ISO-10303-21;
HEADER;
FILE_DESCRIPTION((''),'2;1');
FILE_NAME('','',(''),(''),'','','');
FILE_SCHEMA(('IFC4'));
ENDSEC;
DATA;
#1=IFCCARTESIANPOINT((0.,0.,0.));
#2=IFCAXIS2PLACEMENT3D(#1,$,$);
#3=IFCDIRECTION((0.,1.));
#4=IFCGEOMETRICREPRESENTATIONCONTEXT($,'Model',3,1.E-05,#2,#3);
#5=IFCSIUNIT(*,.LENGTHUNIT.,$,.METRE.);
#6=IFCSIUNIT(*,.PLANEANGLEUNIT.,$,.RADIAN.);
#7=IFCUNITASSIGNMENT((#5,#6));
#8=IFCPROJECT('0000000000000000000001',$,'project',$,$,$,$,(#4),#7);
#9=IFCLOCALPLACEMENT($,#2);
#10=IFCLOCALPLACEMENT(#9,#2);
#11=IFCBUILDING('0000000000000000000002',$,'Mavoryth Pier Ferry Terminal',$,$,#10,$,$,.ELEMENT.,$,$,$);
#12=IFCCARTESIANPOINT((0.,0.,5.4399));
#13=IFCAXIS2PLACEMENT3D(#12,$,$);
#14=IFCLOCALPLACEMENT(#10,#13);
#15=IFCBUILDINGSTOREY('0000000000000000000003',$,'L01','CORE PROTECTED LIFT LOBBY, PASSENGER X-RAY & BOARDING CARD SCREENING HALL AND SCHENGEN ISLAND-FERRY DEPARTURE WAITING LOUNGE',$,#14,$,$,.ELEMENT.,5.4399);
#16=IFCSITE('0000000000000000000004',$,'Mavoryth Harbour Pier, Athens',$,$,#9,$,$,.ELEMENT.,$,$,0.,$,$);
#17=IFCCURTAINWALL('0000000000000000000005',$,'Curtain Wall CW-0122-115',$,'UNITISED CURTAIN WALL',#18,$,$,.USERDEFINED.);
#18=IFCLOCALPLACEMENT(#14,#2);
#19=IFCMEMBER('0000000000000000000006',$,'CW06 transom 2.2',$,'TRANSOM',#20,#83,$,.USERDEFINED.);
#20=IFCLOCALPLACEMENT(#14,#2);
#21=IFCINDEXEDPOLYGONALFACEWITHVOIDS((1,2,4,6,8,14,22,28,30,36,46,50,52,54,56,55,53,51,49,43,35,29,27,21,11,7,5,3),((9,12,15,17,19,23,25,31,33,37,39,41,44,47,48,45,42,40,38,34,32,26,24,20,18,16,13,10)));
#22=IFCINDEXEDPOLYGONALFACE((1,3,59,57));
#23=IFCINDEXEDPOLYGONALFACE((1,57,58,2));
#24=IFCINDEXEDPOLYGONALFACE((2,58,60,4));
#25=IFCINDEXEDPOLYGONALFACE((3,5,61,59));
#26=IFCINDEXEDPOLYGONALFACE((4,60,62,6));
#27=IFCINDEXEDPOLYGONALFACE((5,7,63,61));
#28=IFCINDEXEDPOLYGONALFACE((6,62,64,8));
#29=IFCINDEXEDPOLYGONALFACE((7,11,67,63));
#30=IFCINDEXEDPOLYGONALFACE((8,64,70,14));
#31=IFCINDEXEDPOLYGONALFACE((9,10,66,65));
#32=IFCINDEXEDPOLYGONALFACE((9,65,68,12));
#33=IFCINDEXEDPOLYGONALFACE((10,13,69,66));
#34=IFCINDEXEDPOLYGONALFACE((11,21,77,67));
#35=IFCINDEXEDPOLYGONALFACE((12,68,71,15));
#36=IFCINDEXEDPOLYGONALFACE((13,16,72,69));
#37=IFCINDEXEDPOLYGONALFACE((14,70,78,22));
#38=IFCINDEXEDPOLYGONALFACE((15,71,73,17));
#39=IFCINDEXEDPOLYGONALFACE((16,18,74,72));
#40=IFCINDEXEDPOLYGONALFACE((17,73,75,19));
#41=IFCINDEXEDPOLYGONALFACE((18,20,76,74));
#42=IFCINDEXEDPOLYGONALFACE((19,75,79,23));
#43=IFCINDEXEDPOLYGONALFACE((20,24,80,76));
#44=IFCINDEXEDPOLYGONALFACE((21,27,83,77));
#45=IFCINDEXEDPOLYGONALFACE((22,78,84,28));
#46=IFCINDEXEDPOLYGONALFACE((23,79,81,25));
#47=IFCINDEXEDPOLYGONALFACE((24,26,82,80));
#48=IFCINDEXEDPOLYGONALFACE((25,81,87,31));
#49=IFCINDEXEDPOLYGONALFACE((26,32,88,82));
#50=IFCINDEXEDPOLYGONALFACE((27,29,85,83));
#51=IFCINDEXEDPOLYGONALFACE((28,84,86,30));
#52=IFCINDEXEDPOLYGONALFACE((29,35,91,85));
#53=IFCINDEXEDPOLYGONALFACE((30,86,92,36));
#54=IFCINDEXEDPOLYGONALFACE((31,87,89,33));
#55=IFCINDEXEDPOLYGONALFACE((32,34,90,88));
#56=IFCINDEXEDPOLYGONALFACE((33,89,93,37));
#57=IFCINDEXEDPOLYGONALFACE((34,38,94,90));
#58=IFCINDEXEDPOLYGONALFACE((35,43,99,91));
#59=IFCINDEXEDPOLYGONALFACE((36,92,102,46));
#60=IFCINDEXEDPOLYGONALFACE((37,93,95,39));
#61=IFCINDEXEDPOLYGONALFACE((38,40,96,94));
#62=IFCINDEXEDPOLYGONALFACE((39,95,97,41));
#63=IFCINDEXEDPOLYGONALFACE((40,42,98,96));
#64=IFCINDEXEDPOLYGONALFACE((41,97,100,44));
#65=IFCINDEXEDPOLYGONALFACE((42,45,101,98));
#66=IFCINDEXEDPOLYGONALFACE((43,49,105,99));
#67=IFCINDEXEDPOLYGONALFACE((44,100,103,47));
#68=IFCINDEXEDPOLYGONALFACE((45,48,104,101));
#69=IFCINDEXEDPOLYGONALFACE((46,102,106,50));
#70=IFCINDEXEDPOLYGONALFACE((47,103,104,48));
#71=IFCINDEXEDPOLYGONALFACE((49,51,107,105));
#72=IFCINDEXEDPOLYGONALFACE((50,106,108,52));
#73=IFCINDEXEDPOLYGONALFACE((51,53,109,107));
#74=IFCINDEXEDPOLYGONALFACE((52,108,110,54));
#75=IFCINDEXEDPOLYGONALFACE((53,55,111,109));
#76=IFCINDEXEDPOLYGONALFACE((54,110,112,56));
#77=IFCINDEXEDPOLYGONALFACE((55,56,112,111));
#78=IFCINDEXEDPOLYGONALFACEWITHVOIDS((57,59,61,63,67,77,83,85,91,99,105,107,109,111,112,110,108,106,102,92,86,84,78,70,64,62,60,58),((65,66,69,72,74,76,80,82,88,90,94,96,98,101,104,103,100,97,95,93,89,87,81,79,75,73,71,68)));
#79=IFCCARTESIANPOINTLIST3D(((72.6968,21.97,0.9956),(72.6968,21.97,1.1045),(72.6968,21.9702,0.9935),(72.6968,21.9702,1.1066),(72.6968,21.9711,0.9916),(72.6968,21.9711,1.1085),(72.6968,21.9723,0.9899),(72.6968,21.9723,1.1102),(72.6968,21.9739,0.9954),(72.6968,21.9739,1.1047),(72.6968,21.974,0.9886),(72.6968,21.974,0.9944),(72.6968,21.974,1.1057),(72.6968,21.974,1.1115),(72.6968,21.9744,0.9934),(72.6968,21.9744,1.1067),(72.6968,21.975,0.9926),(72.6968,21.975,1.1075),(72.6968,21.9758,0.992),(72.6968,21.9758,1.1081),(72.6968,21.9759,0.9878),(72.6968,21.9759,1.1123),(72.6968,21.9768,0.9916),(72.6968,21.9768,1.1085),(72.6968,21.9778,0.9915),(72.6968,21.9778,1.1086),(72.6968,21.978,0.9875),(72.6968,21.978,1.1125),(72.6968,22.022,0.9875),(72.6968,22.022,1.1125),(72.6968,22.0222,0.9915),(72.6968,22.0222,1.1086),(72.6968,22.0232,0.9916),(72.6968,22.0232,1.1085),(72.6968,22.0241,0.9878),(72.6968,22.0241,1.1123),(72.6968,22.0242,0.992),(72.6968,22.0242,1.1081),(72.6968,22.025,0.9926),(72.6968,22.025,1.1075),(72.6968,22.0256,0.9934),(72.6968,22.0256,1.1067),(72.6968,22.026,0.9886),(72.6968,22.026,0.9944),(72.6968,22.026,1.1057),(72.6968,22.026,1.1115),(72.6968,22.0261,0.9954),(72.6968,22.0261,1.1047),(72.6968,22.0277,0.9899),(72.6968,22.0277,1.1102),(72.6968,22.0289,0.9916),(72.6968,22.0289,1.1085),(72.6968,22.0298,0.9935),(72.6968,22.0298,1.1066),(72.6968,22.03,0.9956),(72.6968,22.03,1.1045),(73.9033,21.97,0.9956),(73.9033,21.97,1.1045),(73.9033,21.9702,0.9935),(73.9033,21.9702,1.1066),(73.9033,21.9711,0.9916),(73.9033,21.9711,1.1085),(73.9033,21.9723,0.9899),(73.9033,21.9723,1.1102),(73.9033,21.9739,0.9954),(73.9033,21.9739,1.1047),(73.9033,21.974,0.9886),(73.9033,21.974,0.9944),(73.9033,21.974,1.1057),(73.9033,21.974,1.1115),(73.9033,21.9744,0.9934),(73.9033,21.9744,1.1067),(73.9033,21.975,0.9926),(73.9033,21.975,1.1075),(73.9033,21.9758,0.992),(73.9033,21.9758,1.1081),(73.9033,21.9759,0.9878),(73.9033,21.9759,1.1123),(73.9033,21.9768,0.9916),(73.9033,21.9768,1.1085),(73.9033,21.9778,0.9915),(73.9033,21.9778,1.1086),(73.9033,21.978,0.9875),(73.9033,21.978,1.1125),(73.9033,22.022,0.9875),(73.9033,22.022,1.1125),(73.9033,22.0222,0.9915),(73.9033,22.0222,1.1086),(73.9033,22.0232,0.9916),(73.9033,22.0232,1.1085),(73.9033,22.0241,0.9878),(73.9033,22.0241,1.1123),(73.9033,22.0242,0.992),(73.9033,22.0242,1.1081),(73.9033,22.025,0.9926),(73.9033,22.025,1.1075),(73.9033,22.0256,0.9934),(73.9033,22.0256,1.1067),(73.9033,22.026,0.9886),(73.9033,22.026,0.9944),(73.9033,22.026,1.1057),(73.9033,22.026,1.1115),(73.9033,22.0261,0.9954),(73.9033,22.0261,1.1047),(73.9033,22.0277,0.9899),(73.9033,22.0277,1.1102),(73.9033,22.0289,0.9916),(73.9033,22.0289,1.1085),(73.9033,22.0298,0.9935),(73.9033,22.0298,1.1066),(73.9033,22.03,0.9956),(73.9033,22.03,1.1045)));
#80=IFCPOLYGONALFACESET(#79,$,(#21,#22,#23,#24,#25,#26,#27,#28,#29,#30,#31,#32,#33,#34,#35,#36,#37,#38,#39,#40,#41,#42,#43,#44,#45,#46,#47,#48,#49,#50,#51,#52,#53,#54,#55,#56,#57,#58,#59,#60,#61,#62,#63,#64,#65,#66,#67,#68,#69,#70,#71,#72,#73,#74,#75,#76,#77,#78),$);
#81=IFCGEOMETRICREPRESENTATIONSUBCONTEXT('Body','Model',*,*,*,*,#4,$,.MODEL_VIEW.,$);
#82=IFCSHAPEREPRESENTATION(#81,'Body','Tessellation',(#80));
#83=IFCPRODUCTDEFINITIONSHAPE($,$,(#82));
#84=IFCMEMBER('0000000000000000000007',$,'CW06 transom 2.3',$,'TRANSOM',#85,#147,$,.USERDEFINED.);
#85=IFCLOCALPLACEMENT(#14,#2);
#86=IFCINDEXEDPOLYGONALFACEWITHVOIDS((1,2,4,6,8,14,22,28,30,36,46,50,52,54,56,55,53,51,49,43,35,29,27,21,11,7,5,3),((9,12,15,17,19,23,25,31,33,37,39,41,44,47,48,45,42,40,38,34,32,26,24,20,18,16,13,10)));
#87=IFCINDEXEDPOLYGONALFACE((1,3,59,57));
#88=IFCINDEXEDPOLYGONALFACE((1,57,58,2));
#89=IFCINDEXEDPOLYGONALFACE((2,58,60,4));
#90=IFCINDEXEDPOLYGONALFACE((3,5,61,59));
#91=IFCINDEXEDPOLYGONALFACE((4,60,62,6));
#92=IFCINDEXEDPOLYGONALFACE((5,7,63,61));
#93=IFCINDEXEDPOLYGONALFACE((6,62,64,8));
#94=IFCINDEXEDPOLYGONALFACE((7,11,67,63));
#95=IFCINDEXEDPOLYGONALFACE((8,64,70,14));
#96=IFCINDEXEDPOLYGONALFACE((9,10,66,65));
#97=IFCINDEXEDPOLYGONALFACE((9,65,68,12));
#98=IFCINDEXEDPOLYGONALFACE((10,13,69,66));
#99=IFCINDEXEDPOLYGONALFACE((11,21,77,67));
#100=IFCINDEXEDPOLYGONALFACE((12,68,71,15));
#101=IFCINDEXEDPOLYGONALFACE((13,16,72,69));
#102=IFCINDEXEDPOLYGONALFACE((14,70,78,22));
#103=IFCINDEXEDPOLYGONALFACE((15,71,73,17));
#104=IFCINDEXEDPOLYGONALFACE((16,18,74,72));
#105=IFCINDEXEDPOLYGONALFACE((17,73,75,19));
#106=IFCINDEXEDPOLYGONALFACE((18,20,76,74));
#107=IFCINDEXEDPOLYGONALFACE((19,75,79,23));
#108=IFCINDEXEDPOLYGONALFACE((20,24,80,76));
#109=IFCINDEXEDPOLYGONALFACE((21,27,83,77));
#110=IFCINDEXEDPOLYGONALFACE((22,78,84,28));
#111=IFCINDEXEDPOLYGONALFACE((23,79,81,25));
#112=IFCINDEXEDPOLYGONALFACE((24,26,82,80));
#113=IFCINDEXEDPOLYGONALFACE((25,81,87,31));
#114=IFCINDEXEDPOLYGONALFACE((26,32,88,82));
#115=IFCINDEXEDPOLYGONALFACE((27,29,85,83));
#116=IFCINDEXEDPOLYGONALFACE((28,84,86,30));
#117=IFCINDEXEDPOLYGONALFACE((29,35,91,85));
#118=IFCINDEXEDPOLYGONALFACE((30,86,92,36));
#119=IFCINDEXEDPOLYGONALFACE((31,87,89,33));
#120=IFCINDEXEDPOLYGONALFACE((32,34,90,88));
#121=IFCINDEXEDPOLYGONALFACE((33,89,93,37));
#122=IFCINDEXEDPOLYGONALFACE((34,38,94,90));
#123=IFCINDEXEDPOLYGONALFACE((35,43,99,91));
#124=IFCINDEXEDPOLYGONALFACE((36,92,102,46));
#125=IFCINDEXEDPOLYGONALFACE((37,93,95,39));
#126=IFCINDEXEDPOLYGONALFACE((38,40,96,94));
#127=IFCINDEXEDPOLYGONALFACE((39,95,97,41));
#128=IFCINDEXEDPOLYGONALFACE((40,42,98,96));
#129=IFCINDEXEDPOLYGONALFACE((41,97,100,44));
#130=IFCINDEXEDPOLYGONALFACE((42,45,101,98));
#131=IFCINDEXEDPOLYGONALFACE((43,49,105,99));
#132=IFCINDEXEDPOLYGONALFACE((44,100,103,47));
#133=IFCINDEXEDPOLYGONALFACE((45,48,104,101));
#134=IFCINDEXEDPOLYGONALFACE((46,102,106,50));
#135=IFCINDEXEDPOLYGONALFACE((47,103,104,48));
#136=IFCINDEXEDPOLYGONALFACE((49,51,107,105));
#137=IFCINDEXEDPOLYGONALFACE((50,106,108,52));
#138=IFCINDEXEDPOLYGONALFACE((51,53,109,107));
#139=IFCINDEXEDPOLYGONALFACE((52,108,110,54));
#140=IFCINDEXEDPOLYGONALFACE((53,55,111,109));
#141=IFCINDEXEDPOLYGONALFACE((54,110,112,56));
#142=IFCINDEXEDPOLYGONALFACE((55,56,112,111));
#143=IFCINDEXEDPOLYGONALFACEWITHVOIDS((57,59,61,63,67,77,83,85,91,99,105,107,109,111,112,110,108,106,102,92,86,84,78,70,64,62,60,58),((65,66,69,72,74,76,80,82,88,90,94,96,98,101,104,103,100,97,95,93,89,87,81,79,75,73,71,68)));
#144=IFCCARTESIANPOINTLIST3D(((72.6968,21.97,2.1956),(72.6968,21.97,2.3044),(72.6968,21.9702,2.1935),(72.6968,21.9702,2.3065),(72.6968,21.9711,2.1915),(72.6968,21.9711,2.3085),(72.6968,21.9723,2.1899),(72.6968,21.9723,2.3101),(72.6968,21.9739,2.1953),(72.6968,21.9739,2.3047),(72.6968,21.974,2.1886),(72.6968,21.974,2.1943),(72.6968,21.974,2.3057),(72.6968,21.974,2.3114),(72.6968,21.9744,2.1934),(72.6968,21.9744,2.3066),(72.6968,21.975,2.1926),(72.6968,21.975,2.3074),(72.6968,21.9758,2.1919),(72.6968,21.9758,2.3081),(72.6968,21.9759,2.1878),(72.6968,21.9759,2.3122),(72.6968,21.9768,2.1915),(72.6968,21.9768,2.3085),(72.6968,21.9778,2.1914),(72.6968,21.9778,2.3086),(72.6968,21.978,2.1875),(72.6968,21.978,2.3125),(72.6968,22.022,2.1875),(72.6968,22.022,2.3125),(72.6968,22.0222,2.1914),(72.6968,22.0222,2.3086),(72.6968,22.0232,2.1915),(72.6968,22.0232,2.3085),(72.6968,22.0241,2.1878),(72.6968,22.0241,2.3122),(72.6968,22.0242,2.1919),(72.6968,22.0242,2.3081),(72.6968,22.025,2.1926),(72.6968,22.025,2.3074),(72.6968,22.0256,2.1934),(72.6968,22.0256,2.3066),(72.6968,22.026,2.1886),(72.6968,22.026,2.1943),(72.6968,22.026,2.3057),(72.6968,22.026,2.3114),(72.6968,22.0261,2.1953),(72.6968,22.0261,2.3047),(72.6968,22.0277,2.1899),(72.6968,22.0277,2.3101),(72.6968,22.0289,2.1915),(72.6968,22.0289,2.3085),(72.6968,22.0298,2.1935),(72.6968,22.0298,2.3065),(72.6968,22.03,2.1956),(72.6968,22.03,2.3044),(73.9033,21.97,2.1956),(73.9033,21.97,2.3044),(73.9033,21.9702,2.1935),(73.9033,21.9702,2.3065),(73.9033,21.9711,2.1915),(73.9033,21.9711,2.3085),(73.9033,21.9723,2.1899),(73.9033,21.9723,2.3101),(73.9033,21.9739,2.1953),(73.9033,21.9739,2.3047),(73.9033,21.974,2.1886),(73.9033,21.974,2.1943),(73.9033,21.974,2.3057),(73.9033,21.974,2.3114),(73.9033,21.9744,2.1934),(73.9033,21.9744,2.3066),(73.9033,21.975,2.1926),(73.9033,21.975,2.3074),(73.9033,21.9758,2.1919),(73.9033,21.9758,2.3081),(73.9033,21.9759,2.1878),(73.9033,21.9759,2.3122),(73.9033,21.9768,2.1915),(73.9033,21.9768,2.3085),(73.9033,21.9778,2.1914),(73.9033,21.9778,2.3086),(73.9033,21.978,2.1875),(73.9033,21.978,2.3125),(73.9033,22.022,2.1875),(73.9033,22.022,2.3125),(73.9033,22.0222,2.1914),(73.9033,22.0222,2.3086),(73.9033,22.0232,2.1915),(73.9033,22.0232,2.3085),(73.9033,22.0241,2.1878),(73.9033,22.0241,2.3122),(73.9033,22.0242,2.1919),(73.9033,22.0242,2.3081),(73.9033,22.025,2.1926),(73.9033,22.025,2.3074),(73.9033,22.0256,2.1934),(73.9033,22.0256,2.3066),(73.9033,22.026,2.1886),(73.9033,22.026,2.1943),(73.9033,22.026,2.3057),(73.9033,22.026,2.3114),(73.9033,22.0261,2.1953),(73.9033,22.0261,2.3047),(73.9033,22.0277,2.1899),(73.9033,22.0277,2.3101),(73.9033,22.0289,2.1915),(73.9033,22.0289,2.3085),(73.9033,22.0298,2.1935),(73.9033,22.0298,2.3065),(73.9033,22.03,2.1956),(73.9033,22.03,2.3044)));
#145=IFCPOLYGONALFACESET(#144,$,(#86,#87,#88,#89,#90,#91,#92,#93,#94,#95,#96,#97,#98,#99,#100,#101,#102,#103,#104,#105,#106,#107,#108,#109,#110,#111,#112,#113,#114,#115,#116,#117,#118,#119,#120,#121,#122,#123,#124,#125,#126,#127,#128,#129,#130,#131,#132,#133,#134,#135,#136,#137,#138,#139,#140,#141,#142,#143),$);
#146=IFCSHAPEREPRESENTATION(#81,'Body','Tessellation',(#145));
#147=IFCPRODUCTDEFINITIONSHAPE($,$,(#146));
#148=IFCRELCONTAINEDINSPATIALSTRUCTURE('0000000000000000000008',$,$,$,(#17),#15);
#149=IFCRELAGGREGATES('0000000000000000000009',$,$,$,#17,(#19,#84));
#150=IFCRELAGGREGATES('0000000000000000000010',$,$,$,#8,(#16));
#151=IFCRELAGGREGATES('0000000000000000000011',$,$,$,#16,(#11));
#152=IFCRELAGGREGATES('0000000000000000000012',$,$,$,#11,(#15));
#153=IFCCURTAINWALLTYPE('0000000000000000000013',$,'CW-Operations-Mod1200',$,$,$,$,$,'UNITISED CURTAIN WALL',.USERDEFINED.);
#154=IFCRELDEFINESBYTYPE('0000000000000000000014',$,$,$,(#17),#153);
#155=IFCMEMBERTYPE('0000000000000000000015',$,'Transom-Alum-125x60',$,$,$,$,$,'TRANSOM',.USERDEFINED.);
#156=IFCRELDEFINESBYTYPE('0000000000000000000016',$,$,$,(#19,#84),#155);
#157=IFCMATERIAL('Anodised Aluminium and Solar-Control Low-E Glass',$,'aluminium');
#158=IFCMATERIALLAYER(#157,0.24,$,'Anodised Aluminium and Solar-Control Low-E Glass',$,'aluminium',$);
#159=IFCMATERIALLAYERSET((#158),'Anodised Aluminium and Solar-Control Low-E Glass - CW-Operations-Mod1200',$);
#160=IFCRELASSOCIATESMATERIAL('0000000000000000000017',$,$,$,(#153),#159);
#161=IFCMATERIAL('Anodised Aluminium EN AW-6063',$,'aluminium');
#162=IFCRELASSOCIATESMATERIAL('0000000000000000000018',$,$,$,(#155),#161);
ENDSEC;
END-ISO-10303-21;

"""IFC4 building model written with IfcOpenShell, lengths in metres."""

from ifc_helpers import new_model, si_unit, direction, frame, origin, origin_2d, place, context, subcontext, project, spatial, hollow_rectangle, extrude, material, layer, layer_set, material_profile, profile_set, type_object, element, aggregate, save


model = new_model("IFC4")

# Units and contexts
model_context = context("Model", 3, precision=1e-05, world=origin(), true_north=direction((0.0, 1.0)))
body_context = subcontext(model_context, "Body", "Model", "MODEL_VIEW")
ifc_project = project(units=[si_unit("LENGTHUNIT", "METRE"), si_unit("PLANEANGLEUNIT", "RADIAN")], contexts=[model_context])

# Site, building, storey
site_placement = place(None, origin())
site = spatial("IfcSite", under=ifc_project, at=site_placement, Name="Mavoryth Harbour Pier, Athens", CompositionType="ELEMENT", RefElevation=0.0)
building_placement = place(site_placement, origin())
building = spatial("IfcBuilding", under=site, at=building_placement, Name="Mavoryth Pier Ferry Terminal", CompositionType="ELEMENT")
storey_placement = place(building_placement, frame((0.0, 0.0, 5.4399)))
storey = spatial("IfcBuildingStorey", under=building, at=storey_placement, Name="L01", Description="CORE PROTECTED LIFT LOBBY, PASSENGER X-RAY & BOARDING CARD SCREENING HALL AND SCHENGEN ISLAND-FERRY DEPARTURE WAITING LOUNGE", CompositionType="ELEMENT", Elevation=5.4399)

# Curtain wall, members
ifc_material_1 = material(Name="Anodised Aluminium and Solar-Control Low-E Glass", Category="aluminium")
ifc_layer_1 = layer(ifc_material_1, 0.24, Name="Anodised Aluminium and Solar-Control Low-E Glass", Category="aluminium")
ifc_layer_set_1 = layer_set([ifc_layer_1], Name="Anodised Aluminium and Solar-Control Low-E Glass - CW-Operations-Mod1200")
curtain_wall_type = type_object("IfcCurtainWallType", Name="CW-Operations-Mod1200", ElementType="UNITISED CURTAIN WALL", PredefinedType="USERDEFINED", material=ifc_layer_set_1)
curtain_wall_placement = place(storey_placement, origin())
curtain_wall = element("IfcCurtainWall", 1, at=curtain_wall_placement, inside=storey, type_object=curtain_wall_type, Name="Curtain Wall CW-0122-115", ObjectType="UNITISED CURTAIN WALL", PredefinedType="USERDEFINED")
ifc_material_2 = material(Name="Anodised Aluminium EN AW-6063", Category="aluminium")
ifc_material_profile_1 = material_profile(ifc_material_2, hollow_rectangle(XDim=0.0601, YDim=0.125, WallThickness=0.0039, InnerFilletRadius=0.0039, OuterFilletRadius=0.0081, at=origin_2d()), Name="AL-TRAN 125x60x4", Category="aluminium")
ifc_profile_set_1 = profile_set([ifc_material_profile_1], Name="Anodised Aluminium EN AW-6063 - AL-TRAN 125x60x4")
member_type_1 = type_object("IfcMemberType", Name="Transom-Alum-125x60", ElementType="TRANSOM", PredefinedType="USERDEFINED", material=ifc_profile_set_1)
member_1_placement = place(storey_placement, frame((73.9033, 22.0, 1.05), z_axis=(-1.0, 0.0, 0.0), x_axis=(0.0, -1.0, 0.0)))
member_1 = element("IfcMember", 2, at=member_1_placement, type_object=member_type_1, Name="CW06 transom 2.2", ObjectType="TRANSOM", PredefinedType="USERDEFINED", context=body_context, shape_type="SweptSolid", body=[
    extrude(hollow_rectangle(XDim=0.0601, YDim=0.125, WallThickness=0.0039, InnerFilletRadius=0.0039, OuterFilletRadius=0.0081, at=origin_2d()), origin(), (0.0, 0.0, 1.0), 1.2065),
])
member_2_placement = place(storey_placement, frame((73.9033, 22.0, 2.25), z_axis=(-1.0, 0.0, 0.0), x_axis=(0.0, -1.0, 0.0)))
member_2 = element("IfcMember", 3, at=member_2_placement, type_object=member_type_1, Name="CW06 transom 2.3", ObjectType="TRANSOM", PredefinedType="USERDEFINED", context=body_context, shape_type="SweptSolid", body=[
    extrude(hollow_rectangle(XDim=0.0601, YDim=0.125, WallThickness=0.0039, InnerFilletRadius=0.0039, OuterFilletRadius=0.0081, at=origin_2d()), origin(), (0.0, 0.0, 1.0), 1.2065),
])
aggregate(curtain_wall, [member_1, member_2])

save(model, "model.ifc")
